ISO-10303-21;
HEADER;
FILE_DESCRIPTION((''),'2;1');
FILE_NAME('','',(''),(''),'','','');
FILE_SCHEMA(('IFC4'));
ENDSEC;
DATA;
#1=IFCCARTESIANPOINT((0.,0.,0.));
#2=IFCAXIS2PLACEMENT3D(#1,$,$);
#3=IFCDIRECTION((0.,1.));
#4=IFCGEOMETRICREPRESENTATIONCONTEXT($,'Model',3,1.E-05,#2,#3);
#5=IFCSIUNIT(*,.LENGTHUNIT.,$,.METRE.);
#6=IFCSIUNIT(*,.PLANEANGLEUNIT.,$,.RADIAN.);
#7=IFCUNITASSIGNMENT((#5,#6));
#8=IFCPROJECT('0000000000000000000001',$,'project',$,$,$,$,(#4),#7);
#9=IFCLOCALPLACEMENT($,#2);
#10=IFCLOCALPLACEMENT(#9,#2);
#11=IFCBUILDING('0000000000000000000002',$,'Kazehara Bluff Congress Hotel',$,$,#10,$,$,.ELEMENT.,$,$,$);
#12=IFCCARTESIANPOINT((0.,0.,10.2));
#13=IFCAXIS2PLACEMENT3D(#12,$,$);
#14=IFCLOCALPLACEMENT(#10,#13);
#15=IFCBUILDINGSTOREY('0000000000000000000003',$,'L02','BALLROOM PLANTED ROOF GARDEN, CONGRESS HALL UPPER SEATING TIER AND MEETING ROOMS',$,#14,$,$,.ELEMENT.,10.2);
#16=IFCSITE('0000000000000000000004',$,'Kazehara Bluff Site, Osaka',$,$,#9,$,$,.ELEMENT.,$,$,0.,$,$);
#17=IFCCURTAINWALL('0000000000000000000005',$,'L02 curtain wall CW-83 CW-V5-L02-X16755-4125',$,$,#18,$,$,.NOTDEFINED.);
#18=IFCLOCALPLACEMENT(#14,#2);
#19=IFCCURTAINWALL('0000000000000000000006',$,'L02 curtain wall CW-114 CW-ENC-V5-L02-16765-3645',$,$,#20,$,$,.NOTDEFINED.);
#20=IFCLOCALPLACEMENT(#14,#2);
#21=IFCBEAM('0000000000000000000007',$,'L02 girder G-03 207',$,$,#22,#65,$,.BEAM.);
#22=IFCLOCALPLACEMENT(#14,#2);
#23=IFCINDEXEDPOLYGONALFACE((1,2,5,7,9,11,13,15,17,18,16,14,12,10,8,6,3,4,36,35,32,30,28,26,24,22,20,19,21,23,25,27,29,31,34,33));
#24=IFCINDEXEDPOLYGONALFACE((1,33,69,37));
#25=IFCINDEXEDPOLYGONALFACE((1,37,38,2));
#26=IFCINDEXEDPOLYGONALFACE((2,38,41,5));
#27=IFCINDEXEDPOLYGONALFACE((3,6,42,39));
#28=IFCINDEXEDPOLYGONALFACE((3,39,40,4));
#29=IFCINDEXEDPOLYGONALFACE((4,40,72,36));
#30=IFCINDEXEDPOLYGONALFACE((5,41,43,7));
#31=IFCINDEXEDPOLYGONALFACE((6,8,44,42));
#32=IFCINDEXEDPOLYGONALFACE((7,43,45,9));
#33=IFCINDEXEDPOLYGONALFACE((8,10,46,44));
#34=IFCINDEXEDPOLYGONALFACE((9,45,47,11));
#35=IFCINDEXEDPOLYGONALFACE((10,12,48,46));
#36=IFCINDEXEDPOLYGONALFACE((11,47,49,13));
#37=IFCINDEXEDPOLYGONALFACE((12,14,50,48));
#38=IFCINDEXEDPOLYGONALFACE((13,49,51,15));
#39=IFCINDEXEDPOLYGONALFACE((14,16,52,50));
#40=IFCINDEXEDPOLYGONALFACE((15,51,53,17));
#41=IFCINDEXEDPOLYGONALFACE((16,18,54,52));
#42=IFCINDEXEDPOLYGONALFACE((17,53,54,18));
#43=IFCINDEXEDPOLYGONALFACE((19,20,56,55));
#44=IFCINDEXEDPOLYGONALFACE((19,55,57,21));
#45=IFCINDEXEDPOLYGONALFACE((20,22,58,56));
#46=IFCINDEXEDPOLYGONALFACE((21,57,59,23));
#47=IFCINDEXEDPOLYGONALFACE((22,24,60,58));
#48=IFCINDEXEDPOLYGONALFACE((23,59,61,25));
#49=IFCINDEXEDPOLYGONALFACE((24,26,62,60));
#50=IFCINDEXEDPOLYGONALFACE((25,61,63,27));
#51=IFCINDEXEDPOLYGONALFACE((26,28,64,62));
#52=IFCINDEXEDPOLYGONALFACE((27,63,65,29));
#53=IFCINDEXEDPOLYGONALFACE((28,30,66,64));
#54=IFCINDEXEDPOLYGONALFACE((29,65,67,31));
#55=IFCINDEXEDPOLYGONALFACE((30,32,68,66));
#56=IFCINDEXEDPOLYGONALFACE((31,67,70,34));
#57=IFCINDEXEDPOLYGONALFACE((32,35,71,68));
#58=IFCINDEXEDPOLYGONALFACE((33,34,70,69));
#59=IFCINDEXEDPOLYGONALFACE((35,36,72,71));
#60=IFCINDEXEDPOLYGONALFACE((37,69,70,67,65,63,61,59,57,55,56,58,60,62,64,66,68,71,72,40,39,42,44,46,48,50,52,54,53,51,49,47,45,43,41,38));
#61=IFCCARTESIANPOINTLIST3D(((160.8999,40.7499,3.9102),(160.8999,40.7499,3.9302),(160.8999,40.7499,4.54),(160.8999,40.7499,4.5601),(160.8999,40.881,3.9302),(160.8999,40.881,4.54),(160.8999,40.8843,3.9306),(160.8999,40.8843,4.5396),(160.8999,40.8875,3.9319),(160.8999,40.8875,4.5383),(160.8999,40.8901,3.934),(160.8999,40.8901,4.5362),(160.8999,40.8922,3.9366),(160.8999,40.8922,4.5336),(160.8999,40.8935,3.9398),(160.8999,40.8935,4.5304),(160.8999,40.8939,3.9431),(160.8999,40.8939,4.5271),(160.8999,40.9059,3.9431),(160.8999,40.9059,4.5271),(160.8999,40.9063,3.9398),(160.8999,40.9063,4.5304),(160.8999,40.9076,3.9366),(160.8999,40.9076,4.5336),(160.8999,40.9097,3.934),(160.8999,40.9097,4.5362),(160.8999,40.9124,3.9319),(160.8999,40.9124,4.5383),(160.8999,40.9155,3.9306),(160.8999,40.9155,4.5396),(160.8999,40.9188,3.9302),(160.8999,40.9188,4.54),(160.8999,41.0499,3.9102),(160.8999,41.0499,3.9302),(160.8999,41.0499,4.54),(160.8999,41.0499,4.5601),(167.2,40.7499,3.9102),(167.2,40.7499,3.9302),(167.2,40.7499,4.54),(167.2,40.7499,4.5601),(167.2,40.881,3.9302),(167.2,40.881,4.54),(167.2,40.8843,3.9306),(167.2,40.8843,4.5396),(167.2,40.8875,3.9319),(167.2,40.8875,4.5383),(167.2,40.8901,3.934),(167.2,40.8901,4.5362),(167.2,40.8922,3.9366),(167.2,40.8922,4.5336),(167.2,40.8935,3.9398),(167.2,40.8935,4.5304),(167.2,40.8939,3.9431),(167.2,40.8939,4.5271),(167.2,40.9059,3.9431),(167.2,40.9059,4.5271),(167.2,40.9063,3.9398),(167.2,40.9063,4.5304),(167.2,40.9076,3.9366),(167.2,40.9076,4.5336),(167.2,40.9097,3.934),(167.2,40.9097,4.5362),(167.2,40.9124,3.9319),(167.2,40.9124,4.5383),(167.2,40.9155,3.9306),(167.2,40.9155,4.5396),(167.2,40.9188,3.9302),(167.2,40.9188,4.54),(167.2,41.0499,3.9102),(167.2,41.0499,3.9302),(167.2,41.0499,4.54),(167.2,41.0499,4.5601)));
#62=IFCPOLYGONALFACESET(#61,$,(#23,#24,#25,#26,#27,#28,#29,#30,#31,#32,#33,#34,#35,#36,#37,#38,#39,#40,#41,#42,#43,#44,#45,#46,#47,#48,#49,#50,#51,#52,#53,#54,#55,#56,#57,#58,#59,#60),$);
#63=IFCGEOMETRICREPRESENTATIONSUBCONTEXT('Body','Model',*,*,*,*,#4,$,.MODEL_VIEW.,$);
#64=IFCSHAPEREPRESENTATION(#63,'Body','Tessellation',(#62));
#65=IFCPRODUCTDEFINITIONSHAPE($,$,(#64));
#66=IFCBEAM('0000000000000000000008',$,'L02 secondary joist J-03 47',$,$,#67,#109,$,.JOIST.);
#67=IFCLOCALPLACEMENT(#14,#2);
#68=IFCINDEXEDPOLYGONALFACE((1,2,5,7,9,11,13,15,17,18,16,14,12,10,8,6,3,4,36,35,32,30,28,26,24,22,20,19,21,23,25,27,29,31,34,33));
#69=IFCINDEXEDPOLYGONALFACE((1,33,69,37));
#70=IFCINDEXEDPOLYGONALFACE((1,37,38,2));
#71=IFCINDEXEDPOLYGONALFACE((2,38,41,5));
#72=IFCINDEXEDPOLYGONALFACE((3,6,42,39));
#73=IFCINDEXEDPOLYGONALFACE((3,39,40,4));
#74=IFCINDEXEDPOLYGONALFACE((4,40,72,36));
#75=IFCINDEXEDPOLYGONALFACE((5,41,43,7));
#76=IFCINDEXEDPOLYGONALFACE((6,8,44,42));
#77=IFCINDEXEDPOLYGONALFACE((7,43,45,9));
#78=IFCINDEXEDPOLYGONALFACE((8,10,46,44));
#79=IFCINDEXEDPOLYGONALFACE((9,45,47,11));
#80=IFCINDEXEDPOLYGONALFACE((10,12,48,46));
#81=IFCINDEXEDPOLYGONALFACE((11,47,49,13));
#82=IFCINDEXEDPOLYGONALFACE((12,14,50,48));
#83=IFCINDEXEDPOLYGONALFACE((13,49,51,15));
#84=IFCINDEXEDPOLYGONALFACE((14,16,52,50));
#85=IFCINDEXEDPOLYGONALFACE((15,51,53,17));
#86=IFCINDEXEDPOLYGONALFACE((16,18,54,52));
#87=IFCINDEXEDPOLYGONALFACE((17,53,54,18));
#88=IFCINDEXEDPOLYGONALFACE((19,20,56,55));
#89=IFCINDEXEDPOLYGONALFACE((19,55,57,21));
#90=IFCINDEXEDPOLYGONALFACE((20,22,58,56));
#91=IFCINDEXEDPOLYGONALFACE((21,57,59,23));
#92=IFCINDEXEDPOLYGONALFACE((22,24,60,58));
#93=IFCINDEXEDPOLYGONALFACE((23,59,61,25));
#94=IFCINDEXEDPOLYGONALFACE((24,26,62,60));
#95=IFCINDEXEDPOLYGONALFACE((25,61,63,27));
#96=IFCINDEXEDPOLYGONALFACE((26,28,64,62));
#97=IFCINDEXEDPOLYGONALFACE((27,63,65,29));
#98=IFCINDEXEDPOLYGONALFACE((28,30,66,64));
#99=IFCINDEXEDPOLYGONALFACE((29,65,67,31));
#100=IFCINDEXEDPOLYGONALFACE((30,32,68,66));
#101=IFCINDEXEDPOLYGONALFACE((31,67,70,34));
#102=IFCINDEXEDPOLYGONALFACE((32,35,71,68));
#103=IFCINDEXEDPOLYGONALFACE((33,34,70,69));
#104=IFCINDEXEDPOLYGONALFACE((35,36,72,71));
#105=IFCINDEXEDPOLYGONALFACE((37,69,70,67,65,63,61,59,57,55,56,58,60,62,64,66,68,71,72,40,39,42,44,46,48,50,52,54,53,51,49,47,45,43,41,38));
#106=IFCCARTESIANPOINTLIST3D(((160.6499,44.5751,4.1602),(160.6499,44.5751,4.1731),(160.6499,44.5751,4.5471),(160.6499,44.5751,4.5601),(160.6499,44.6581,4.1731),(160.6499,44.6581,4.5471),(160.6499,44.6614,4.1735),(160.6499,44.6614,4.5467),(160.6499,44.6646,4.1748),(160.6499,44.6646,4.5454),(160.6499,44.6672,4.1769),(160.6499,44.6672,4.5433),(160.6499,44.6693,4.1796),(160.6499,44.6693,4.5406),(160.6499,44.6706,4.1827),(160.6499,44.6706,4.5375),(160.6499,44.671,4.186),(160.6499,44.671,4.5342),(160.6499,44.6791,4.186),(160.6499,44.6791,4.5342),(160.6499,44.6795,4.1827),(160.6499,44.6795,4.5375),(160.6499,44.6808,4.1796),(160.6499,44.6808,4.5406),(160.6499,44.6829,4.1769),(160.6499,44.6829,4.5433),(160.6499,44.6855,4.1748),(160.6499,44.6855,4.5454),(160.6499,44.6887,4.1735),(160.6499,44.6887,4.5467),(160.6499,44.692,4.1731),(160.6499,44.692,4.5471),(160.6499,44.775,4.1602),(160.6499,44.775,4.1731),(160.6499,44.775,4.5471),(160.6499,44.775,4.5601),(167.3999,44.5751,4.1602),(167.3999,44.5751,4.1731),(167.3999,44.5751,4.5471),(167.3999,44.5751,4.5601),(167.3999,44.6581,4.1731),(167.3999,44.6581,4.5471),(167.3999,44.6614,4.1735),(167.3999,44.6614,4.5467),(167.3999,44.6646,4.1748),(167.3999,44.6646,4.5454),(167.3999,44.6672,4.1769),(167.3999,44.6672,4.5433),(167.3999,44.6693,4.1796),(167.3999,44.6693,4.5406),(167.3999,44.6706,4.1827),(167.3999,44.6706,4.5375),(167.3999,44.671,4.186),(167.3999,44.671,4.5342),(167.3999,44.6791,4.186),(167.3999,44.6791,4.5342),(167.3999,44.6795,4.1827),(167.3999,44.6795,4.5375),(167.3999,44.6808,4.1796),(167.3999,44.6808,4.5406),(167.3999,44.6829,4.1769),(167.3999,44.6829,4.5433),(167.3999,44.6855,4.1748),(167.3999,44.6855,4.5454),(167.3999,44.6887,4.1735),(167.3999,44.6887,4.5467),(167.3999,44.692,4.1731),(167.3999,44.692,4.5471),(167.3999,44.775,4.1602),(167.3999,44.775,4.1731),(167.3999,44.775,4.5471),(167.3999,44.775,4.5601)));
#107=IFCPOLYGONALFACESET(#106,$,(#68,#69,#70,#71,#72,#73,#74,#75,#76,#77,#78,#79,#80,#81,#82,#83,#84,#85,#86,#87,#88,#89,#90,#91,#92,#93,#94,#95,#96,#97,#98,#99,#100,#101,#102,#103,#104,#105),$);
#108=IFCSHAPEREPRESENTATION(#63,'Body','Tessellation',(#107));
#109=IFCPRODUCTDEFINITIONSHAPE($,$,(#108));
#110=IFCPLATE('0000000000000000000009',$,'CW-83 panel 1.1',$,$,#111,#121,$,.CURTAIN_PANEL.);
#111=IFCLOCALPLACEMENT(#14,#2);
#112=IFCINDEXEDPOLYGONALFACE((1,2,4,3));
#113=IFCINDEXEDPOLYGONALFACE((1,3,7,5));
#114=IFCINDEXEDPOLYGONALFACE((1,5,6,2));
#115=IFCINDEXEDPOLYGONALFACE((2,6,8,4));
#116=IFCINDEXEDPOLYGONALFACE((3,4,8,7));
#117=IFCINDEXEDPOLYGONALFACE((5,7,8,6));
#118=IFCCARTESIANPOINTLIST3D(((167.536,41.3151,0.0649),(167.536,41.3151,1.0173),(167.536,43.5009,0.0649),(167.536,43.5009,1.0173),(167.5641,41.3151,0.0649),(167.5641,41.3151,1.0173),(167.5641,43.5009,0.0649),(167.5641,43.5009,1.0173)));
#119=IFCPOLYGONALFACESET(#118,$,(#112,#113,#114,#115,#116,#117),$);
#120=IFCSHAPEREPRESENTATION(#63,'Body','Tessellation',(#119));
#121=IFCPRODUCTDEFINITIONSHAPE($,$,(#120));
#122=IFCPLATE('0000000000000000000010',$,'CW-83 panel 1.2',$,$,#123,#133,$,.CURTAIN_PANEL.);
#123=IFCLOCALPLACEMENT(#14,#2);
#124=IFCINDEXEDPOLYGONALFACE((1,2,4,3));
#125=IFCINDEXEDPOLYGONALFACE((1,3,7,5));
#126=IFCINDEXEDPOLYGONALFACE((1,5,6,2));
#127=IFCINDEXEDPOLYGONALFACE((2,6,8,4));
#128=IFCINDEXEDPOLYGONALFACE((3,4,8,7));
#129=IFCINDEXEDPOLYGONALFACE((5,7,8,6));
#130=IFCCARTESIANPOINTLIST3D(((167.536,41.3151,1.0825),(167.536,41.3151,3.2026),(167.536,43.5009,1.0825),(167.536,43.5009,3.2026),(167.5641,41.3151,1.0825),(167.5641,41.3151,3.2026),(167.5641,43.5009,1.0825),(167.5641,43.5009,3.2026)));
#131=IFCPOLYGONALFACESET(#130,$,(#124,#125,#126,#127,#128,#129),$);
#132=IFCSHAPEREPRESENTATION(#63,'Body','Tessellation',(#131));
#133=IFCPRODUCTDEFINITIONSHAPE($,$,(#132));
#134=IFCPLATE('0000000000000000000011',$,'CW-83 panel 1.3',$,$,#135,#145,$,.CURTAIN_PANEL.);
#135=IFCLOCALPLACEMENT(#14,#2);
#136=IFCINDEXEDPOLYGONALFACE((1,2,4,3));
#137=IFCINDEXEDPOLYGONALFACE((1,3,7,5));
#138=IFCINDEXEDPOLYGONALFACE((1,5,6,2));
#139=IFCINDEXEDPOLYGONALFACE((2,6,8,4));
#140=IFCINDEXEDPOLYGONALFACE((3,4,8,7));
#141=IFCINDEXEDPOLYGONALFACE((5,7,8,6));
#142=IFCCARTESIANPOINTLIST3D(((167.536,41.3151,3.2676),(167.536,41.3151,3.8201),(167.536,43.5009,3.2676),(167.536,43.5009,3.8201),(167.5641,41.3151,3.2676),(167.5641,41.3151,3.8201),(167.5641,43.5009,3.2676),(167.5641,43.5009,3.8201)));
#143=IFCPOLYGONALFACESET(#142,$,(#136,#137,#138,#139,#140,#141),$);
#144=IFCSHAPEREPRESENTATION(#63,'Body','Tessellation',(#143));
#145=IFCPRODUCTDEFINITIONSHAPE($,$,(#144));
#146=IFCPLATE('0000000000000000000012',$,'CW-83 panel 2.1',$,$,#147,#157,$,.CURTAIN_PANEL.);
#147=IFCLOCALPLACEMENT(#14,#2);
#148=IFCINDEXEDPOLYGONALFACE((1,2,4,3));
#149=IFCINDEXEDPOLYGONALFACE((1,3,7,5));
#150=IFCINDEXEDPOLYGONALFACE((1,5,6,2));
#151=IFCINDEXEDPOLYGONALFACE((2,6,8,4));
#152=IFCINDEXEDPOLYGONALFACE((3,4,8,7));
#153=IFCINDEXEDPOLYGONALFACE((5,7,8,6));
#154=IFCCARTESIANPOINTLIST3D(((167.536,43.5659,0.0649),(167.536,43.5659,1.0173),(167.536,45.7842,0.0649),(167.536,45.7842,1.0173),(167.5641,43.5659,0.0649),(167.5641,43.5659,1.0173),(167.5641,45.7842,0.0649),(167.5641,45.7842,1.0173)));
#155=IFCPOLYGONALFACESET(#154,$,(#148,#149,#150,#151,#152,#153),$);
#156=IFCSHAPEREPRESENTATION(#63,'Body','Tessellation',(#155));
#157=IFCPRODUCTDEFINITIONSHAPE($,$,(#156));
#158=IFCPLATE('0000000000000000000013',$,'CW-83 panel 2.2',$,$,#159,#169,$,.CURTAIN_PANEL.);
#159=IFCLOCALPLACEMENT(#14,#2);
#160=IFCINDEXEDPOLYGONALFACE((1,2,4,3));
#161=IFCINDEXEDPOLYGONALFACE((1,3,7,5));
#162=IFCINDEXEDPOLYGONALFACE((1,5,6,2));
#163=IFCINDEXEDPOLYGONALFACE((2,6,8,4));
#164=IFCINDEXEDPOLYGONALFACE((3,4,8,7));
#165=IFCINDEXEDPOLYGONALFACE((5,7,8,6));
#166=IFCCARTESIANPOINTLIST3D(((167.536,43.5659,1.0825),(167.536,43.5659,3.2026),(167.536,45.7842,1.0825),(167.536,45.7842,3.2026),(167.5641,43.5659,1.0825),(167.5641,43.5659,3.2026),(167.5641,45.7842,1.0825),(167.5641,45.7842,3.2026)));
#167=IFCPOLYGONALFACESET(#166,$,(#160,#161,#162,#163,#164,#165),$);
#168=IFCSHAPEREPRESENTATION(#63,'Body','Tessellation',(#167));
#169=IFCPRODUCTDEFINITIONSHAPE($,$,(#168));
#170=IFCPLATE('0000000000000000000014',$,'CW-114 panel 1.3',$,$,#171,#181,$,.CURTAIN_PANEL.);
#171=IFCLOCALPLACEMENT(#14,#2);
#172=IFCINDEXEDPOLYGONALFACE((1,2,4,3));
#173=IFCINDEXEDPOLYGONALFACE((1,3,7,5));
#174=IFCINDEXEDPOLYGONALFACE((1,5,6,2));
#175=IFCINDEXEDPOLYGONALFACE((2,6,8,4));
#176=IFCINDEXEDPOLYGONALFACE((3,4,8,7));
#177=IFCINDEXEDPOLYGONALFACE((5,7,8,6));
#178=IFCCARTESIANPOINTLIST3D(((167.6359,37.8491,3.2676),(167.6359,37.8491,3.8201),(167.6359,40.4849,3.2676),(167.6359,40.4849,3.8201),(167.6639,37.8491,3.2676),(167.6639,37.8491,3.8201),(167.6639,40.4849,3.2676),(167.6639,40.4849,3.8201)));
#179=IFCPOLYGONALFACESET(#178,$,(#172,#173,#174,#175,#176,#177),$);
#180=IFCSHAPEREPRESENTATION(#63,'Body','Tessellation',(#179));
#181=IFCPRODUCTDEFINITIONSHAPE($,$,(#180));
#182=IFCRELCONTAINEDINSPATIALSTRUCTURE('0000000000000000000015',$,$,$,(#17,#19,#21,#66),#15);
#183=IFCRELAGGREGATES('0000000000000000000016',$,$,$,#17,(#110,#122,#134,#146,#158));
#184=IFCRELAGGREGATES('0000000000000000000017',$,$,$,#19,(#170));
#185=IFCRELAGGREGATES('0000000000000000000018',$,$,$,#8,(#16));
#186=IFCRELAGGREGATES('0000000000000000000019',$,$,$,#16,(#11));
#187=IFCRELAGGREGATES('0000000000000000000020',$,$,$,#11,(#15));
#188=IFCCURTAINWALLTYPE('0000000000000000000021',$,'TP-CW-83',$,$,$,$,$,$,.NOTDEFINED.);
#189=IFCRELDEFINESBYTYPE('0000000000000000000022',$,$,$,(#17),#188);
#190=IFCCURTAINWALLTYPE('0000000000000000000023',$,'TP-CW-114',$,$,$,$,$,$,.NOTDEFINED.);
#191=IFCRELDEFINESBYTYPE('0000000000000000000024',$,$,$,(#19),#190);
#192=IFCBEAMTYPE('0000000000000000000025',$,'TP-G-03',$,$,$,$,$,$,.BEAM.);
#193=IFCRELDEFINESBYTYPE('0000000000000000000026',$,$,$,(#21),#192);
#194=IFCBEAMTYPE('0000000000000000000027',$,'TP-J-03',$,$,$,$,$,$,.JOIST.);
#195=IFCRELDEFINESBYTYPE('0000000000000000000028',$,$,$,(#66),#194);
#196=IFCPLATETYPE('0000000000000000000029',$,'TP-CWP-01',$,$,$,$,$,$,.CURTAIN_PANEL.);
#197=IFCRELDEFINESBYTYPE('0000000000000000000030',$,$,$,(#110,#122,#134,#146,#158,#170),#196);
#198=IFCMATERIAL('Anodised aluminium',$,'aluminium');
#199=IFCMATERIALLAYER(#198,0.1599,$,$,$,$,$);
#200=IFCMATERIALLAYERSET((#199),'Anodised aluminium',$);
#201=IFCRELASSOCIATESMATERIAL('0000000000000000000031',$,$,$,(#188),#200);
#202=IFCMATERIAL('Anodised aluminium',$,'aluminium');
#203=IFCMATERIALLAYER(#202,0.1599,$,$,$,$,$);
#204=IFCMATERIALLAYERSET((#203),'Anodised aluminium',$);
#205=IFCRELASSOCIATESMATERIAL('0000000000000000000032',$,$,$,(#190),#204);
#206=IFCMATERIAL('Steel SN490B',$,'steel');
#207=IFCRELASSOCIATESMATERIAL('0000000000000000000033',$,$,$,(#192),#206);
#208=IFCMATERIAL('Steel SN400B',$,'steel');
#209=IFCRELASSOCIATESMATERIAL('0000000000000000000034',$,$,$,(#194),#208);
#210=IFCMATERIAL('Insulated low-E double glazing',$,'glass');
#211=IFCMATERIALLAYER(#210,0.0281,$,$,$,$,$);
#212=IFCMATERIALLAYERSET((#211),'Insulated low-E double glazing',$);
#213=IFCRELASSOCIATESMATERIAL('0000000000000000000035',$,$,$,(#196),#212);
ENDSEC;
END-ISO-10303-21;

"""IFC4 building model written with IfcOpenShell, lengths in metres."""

from ifc_helpers import new_model, si_unit, direction, frame, origin, origin_2d, place, context, subcontext, project, spatial, rectangle, i_section, extrude, material, layer, layer_set, material_profile, profile_set, type_object, element, aggregate, save


model = new_model("IFC4")

# Units and contexts
model_context = context("Model", 3, precision=1e-05, world=origin(), true_north=direction((0.0, 1.0)))
body_context = subcontext(model_context, "Body", "Model", "MODEL_VIEW")
ifc_project = project(units=[si_unit("LENGTHUNIT", "METRE"), si_unit("PLANEANGLEUNIT", "RADIAN")], contexts=[model_context])

# Site, building, storey
site_placement = place(None, origin())
site = spatial("IfcSite", under=ifc_project, at=site_placement, Name="Kazehara Bluff Site, Osaka", CompositionType="ELEMENT", RefElevation=0.0)
building_placement = place(site_placement, origin())
building = spatial("IfcBuilding", under=site, at=building_placement, Name="Kazehara Bluff Congress Hotel", CompositionType="ELEMENT")
storey_placement = place(building_placement, frame((0.0, 0.0, 10.2)))
storey = spatial("IfcBuildingStorey", under=building, at=storey_placement, Name="L02", Description="BALLROOM PLANTED ROOF GARDEN, CONGRESS HALL UPPER SEATING TIER AND MEETING ROOMS", CompositionType="ELEMENT", Elevation=10.2)

# Curtain wall
ifc_material_1 = material(Name="Anodised aluminium", Category="aluminium")
ifc_layer_1 = layer(ifc_material_1, 0.1599)
ifc_layer_set_1 = layer_set([ifc_layer_1], Name="Anodised aluminium")
curtain_wall_type_1 = type_object("IfcCurtainWallType", Name="TP-CW-83", PredefinedType="NOTDEFINED", material=ifc_layer_set_1)
curtain_wall_1_placement = place(storey_placement, origin())
curtain_wall_1 = element("IfcCurtainWall", 1, at=curtain_wall_1_placement, inside=storey, type_object=curtain_wall_type_1, Name="L02 curtain wall CW-83 CW-V5-L02-X16755-4125", PredefinedType="NOTDEFINED")

# Curtain wall
ifc_material_2 = material(Name="Anodised aluminium", Category="aluminium")
ifc_layer_2 = layer(ifc_material_2, 0.1599)
ifc_layer_set_2 = layer_set([ifc_layer_2], Name="Anodised aluminium")
curtain_wall_type_2 = type_object("IfcCurtainWallType", Name="TP-CW-114", PredefinedType="NOTDEFINED", material=ifc_layer_set_2)
curtain_wall_2_placement = place(storey_placement, origin())
curtain_wall_2 = element("IfcCurtainWall", 2, at=curtain_wall_2_placement, inside=storey, type_object=curtain_wall_type_2, Name="L02 curtain wall CW-114 CW-ENC-V5-L02-16765-3645", PredefinedType="NOTDEFINED")

# Beams
ifc_material_3 = material(Name="Steel SN490B", Category="steel")
ifc_material_profile_1 = material_profile(ifc_material_3, i_section(OverallWidth=0.3, OverallDepth=0.6499, WebThickness=0.012, FlangeThickness=0.02, FilletRadius=0.0129, at=origin_2d()))
ifc_profile_set_1 = profile_set([ifc_material_profile_1], Name="Steel SN490B")
beam_type_1 = type_object("IfcBeamType", Name="TP-G-03", PredefinedType="BEAM", material=ifc_profile_set_1)
beam_1_placement = place(storey_placement, frame((160.8999, 40.8999, 4.2351), z_axis=(1.0, 0.0, 0.0), x_axis=(0.0, 1.0, 0.0)))
element("IfcBeam", 3, at=beam_1_placement, inside=storey, type_object=beam_type_1, Name="L02 girder G-03 207", PredefinedType="BEAM", context=body_context, shape_type="SweptSolid", body=[
    extrude(i_section(OverallWidth=0.3, OverallDepth=0.6499, WebThickness=0.012, FlangeThickness=0.02, FilletRadius=0.0129, at=origin_2d()), origin(), (0.0, 0.0, 1.0), 6.3),
])
ifc_material_4 = material(Name="Steel SN400B", Category="steel")
ifc_material_profile_2 = material_profile(ifc_material_4, i_section(OverallWidth=0.2, OverallDepth=0.3999, WebThickness=0.0081, FlangeThickness=0.0129, FilletRadius=0.0129, at=origin_2d()))
ifc_profile_set_2 = profile_set([ifc_material_profile_2], Name="Steel SN400B")
beam_type_2 = type_object("IfcBeamType", Name="TP-J-03", PredefinedType="JOIST", material=ifc_profile_set_2)
beam_2_placement = place(storey_placement, frame((160.6499, 44.675, 4.3601), z_axis=(1.0, 0.0, 0.0), x_axis=(0.0, 1.0, 0.0)))
element("IfcBeam", 4, at=beam_2_placement, inside=storey, type_object=beam_type_2, Name="L02 secondary joist J-03 47", PredefinedType="JOIST", context=body_context, shape_type="SweptSolid", body=[
    extrude(i_section(OverallWidth=0.2, OverallDepth=0.3999, WebThickness=0.0081, FlangeThickness=0.0129, FilletRadius=0.0129, at=origin_2d()), origin(), (0.0, 0.0, 1.0), 6.75),
])

# Plates
ifc_material_5 = material(Name="Insulated low-E double glazing", Category="glass")
ifc_layer_3 = layer(ifc_material_5, 0.0281)
ifc_layer_set_3 = layer_set([ifc_layer_3], Name="Insulated low-E double glazing")
plate_type = type_object("IfcPlateType", Name="TP-CWP-01", PredefinedType="CURTAIN_PANEL", material=ifc_layer_set_3)
plate_1_placement = place(storey_placement, frame((167.55, 42.408, 0.0649), z_axis=(0.0, 0.0, 1.0), x_axis=(0.0, 1.0, 0.0)))
plate_1 = element("IfcPlate", 5, at=plate_1_placement, type_object=plate_type, Name="CW-83 panel 1.1", PredefinedType="CURTAIN_PANEL", context=body_context, shape_type="SweptSolid", body=[
    extrude(rectangle(XDim=2.1858, YDim=0.0281, at=origin_2d()), origin(), (0.0, 0.0, 1.0), 0.9524),
])
plate_2_placement = place(storey_placement, frame((167.55, 42.408, 1.0825), z_axis=(0.0, 0.0, 1.0), x_axis=(0.0, 1.0, 0.0)))
plate_2 = element("IfcPlate", 6, at=plate_2_placement, type_object=plate_type, Name="CW-83 panel 1.2", PredefinedType="CURTAIN_PANEL", context=body_context, shape_type="SweptSolid", body=[
    extrude(rectangle(XDim=2.1858, YDim=0.0281, at=origin_2d()), origin(), (0.0, 0.0, 1.0), 2.1201),
])
plate_3_placement = place(storey_placement, frame((167.55, 42.408, 3.2676), z_axis=(0.0, 0.0, 1.0), x_axis=(0.0, 1.0, 0.0)))
plate_3 = element("IfcPlate", 7, at=plate_3_placement, type_object=plate_type, Name="CW-83 panel 1.3", PredefinedType="CURTAIN_PANEL", context=body_context, shape_type="SweptSolid", body=[
    extrude(rectangle(XDim=2.1858, YDim=0.0281, at=origin_2d()), origin(), (0.0, 0.0, 1.0), 0.5525),
])
plate_4_placement = place(storey_placement, frame((167.55, 44.675, 0.0649), z_axis=(0.0, 0.0, 1.0), x_axis=(0.0, 1.0, 0.0)))
plate_4 = element("IfcPlate", 8, at=plate_4_placement, type_object=plate_type, Name="CW-83 panel 2.1", PredefinedType="CURTAIN_PANEL", context=body_context, shape_type="SweptSolid", body=[
    extrude(rectangle(XDim=2.2183, YDim=0.0281, at=origin_2d()), origin(), (0.0, 0.0, 1.0), 0.9524),
])
plate_5_placement = place(storey_placement, frame((167.55, 44.675, 1.0825), z_axis=(0.0, 0.0, 1.0), x_axis=(0.0, 1.0, 0.0)))
plate_5 = element("IfcPlate", 9, at=plate_5_placement, type_object=plate_type, Name="CW-83 panel 2.2", PredefinedType="CURTAIN_PANEL", context=body_context, shape_type="SweptSolid", body=[
    extrude(rectangle(XDim=2.2183, YDim=0.0281, at=origin_2d()), origin(), (0.0, 0.0, 1.0), 2.1201),
])
aggregate(curtain_wall_1, [plate_1, plate_2, plate_3, plate_4, plate_5])
plate_6_placement = place(storey_placement, frame((167.6499, 39.167, 3.2676), z_axis=(0.0, 0.0, 1.0), x_axis=(0.0, -1.0, 0.0)))
plate_6 = element("IfcPlate", 10, at=plate_6_placement, type_object=plate_type, Name="CW-114 panel 1.3", PredefinedType="CURTAIN_PANEL", context=body_context, shape_type="SweptSolid", body=[
    extrude(rectangle(XDim=2.6357, YDim=0.0281, at=origin_2d()), origin(), (0.0, 0.0, 1.0), 0.5525),
])
aggregate(curtain_wall_2, [plate_6])

save(model, "model.ifc")
